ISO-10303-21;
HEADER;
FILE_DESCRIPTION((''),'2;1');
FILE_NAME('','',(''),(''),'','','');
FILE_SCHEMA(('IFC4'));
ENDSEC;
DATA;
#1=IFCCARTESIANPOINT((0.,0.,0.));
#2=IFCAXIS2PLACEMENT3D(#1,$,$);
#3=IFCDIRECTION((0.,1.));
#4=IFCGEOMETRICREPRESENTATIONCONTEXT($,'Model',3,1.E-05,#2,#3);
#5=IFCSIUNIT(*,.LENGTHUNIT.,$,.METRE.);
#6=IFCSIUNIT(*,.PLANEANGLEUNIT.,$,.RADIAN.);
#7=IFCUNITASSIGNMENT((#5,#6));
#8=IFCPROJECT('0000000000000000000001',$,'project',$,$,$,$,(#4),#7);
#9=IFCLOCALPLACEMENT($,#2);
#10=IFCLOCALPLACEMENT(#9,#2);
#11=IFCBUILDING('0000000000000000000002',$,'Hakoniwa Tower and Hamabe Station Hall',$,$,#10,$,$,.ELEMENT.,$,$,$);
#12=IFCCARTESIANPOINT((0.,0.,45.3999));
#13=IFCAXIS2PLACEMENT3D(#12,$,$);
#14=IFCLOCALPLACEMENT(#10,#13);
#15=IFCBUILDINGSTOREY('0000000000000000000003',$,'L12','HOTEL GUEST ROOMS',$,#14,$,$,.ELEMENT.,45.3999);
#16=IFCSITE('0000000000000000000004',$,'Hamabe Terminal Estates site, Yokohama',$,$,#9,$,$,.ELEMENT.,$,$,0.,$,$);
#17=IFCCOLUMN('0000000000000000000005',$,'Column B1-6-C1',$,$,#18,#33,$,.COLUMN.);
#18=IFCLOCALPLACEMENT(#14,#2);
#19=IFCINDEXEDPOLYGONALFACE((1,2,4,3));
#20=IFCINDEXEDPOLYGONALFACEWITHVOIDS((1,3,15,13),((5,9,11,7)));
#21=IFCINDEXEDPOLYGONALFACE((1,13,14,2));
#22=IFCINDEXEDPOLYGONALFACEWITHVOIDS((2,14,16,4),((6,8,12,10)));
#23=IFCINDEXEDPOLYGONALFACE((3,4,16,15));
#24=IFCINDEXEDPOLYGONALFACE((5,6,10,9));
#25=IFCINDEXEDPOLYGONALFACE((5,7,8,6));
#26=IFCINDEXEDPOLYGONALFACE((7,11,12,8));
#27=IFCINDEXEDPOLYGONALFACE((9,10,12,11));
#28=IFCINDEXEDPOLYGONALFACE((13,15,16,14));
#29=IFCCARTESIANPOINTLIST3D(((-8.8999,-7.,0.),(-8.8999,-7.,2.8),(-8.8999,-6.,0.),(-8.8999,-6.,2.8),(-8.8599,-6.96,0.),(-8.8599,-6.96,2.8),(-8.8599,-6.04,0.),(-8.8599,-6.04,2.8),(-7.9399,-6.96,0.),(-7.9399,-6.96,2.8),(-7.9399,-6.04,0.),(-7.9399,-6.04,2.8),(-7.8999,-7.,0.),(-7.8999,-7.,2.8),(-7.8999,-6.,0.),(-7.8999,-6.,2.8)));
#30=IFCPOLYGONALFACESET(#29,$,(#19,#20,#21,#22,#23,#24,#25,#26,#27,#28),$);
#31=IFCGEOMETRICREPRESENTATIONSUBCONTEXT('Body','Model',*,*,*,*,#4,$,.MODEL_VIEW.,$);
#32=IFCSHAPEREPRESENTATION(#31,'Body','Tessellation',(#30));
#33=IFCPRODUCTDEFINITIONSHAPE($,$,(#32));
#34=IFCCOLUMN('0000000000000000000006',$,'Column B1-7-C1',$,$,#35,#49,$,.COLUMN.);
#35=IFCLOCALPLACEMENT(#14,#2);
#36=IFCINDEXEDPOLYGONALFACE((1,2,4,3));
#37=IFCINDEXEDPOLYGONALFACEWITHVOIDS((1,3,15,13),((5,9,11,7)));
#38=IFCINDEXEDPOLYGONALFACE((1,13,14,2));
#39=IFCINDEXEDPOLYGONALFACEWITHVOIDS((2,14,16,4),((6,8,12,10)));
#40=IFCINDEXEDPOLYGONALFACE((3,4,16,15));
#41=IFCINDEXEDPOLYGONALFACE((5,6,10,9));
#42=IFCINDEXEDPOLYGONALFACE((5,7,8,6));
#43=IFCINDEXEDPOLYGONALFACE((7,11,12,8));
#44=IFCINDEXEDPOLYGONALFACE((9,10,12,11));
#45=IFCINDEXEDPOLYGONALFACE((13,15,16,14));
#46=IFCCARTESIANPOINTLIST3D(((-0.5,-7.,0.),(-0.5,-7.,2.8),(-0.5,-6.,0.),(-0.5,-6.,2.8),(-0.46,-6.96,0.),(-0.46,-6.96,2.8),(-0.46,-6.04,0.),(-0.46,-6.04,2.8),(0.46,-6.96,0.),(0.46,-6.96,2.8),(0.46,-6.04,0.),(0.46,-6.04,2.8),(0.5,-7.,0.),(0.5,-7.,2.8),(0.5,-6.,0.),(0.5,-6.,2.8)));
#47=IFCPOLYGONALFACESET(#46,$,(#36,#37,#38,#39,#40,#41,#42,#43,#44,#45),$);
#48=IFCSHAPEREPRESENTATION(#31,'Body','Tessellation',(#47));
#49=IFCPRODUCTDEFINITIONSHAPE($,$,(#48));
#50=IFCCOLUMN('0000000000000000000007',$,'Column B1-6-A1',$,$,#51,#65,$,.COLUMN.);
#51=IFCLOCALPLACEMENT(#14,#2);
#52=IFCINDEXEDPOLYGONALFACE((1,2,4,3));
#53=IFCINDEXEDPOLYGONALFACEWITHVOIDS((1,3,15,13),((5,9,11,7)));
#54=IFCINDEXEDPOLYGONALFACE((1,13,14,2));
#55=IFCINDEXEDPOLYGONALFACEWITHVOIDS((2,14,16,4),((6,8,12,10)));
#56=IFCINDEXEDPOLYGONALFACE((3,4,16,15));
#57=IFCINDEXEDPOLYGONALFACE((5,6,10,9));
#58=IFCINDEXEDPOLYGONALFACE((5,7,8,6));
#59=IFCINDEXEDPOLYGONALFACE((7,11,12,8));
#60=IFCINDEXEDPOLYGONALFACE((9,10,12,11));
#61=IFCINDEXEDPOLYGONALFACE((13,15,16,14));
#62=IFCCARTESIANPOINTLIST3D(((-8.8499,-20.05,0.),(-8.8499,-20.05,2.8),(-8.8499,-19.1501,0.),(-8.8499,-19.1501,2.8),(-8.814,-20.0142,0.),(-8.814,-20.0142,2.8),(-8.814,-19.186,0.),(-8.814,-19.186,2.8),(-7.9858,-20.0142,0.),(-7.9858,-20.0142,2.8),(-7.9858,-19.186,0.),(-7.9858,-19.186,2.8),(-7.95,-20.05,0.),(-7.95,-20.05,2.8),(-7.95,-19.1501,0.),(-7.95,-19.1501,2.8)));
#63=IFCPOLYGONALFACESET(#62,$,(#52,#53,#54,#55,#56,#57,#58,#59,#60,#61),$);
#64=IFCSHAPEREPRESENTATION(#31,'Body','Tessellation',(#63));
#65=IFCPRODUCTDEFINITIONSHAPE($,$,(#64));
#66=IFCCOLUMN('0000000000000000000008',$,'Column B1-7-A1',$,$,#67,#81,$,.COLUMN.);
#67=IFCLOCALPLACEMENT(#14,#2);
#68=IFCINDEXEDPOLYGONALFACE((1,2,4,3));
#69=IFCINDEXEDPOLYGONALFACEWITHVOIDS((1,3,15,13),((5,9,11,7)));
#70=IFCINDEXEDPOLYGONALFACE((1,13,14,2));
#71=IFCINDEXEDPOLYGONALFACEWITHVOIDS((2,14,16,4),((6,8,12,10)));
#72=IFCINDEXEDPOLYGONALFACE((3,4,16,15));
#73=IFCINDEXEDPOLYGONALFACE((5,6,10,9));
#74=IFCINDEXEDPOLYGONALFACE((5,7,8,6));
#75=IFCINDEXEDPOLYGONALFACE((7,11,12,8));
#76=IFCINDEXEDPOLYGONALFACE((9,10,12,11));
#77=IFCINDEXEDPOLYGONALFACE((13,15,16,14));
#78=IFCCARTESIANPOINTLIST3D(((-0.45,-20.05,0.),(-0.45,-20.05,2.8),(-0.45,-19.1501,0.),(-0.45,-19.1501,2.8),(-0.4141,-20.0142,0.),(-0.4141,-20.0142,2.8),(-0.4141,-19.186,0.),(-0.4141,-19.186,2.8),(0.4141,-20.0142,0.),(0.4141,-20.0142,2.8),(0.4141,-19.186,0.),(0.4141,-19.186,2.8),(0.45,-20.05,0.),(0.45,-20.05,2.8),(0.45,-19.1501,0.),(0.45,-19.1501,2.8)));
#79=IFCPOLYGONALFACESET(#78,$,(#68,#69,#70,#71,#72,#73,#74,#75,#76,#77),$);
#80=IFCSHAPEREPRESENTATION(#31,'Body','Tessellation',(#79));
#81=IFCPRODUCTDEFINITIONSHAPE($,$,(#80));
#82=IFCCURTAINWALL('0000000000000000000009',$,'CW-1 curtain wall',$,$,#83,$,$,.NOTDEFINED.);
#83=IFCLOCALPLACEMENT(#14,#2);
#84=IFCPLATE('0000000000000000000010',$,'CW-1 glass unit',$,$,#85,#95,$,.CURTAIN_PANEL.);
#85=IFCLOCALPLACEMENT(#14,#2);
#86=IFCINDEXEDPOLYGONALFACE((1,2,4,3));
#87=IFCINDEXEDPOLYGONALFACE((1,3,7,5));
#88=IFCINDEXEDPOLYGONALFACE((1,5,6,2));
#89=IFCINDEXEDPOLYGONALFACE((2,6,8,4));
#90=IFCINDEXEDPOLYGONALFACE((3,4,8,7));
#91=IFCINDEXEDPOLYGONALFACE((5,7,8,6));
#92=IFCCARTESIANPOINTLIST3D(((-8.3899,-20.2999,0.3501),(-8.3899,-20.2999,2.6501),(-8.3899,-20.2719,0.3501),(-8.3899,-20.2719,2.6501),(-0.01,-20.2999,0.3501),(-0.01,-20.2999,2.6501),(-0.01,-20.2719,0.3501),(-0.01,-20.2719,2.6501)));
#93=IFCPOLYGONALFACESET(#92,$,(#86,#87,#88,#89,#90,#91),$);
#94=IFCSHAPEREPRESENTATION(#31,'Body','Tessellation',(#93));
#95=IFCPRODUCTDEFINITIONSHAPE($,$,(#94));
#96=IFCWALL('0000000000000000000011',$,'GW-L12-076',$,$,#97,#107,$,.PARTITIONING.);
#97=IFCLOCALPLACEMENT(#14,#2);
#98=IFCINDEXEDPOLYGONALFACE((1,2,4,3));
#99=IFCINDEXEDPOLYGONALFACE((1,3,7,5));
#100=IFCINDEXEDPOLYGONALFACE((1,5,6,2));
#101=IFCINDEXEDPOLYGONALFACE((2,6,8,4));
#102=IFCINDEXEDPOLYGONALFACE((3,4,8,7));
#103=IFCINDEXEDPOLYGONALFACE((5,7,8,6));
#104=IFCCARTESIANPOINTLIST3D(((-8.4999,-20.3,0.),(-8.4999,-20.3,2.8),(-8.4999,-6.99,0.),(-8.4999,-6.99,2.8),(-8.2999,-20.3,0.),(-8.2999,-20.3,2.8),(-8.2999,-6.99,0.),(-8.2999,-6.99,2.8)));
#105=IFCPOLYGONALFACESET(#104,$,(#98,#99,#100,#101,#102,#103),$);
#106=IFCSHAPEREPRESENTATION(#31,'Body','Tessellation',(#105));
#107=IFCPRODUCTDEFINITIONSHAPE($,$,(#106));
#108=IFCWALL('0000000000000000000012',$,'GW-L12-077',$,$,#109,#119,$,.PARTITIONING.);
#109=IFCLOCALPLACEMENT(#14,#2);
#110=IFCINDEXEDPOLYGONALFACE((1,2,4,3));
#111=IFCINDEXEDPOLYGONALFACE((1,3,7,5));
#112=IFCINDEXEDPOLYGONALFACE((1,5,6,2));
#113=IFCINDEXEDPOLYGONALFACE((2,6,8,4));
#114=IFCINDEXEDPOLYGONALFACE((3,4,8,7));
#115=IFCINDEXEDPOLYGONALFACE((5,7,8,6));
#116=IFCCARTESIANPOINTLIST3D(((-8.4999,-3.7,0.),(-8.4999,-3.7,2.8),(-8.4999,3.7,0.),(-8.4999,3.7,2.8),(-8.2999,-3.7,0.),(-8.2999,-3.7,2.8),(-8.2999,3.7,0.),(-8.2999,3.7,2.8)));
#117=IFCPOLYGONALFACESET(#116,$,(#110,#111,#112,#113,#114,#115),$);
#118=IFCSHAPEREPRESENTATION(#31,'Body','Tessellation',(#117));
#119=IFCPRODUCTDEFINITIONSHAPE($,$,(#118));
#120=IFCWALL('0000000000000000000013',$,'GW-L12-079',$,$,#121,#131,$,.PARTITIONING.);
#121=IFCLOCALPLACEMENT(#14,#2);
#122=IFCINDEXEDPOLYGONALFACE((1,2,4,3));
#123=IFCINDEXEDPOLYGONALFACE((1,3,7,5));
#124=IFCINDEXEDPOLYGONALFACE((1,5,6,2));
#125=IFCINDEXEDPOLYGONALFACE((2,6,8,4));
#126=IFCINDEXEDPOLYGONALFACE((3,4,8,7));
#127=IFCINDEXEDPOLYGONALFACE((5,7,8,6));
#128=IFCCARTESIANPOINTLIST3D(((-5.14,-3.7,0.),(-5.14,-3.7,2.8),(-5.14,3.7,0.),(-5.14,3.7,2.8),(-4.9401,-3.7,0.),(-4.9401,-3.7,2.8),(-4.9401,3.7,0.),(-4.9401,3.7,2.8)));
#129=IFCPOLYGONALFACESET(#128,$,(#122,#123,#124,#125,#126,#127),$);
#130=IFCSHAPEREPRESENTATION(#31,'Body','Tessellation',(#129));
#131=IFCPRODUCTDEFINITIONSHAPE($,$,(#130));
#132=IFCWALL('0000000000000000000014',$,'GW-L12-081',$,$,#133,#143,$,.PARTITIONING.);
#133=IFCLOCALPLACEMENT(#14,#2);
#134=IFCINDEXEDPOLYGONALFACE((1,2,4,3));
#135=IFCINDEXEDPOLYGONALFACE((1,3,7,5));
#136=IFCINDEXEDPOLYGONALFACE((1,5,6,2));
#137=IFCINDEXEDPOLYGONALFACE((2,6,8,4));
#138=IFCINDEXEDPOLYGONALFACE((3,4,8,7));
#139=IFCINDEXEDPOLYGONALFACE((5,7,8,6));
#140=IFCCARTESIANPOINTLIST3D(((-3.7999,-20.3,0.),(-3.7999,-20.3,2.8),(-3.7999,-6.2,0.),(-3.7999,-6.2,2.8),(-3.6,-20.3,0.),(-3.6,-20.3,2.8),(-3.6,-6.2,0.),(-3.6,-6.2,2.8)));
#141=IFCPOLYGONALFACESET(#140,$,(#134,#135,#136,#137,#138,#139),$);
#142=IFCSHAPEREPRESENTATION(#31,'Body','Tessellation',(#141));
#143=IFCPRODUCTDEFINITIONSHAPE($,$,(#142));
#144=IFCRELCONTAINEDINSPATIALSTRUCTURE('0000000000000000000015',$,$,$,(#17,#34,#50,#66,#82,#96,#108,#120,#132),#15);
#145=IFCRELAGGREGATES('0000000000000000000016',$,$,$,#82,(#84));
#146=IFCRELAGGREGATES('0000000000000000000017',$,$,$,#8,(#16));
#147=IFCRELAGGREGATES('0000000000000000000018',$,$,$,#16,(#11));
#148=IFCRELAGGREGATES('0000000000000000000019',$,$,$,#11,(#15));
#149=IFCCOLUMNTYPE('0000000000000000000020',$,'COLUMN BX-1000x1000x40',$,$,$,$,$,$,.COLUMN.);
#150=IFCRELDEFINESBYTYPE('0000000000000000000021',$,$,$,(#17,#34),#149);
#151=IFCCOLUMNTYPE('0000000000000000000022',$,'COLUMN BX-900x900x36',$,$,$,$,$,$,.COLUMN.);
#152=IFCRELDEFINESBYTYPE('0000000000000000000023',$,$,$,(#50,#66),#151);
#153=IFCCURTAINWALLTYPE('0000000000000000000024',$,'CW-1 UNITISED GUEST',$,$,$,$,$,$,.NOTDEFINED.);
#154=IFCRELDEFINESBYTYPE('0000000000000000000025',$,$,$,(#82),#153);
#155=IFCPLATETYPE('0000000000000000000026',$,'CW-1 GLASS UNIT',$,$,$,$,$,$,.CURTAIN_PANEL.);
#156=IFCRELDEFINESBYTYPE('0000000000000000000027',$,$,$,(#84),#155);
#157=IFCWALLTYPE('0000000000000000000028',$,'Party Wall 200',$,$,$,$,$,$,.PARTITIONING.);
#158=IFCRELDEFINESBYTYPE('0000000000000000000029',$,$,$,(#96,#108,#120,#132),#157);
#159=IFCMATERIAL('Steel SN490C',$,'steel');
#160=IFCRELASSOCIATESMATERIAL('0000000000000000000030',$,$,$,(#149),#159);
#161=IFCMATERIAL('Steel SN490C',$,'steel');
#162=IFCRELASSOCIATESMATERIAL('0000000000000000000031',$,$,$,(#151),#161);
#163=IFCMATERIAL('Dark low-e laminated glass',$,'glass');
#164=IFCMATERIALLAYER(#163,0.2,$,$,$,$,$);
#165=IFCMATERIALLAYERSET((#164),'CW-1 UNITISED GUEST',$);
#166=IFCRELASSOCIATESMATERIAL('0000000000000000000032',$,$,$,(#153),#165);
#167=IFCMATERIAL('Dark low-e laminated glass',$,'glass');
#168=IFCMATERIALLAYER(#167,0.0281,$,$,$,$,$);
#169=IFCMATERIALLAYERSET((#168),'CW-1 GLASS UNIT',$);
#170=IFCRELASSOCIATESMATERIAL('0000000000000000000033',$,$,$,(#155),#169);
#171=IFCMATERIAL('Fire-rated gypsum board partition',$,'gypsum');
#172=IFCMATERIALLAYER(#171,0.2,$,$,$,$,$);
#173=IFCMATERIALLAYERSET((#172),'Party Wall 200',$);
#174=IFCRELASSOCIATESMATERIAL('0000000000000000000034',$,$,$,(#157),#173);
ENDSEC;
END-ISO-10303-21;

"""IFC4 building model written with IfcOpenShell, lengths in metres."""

from ifc_helpers import new_model, si_unit, direction, frame, frame_2d, origin, origin_2d, place, context, subcontext, project, spatial, rectangle, hollow_rectangle, extrude, material, layer, layer_set, material_profile, profile_set, type_object, element, aggregate, save


model = new_model("IFC4")

# Units and contexts
model_context = context("Model", 3, precision=1e-05, world=origin(), true_north=direction((0.0, 1.0)))
body_context = subcontext(model_context, "Body", "Model", "MODEL_VIEW")
ifc_project = project(units=[si_unit("LENGTHUNIT", "METRE"), si_unit("PLANEANGLEUNIT", "RADIAN")], contexts=[model_context])

# Site, building, storey
site_placement = place(None, origin())
site = spatial("IfcSite", under=ifc_project, at=site_placement, Name="Hamabe Terminal Estates site, Yokohama", CompositionType="ELEMENT", RefElevation=0.0)
building_placement = place(site_placement, origin())
building = spatial("IfcBuilding", under=site, at=building_placement, Name="Hakoniwa Tower and Hamabe Station Hall", CompositionType="ELEMENT")
storey_placement = place(building_placement, frame((0.0, 0.0, 45.3999)))
storey = spatial("IfcBuildingStorey", under=building, at=storey_placement, Name="L12", Description="HOTEL GUEST ROOMS", CompositionType="ELEMENT", Elevation=45.3999)

# Columns
ifc_material_1 = material(Name="Steel SN490C", Category="steel")
ifc_material_profile_1 = material_profile(ifc_material_1, hollow_rectangle(XDim=1.0, YDim=1.0, WallThickness=0.04, at=origin_2d()), Name="BX-1000x1000x40")
ifc_profile_set_1 = profile_set([ifc_material_profile_1], Name="Steel SN490C")
column_type_1 = type_object("IfcColumnType", Name="COLUMN BX-1000x1000x40", PredefinedType="COLUMN", material=ifc_profile_set_1)
for number, where, z_axis, x_axis, name in (
    (1, (-8.3999, -6.5, 0.0), (0.0, 0.0, 1.0), (1.0, 0.0, 0.0), "Column B1-6-C1"),
    (2, (0.0, -6.5, 0.0), (0.0, 0.0, 1.0), (1.0, 0.0, 0.0), "Column B1-7-C1"),
):
    element("IfcColumn", number, at=place(storey_placement, frame(where, z_axis=z_axis, x_axis=x_axis)), inside=storey, type_object=column_type_1, Name=name, PredefinedType="COLUMN", context=body_context, shape_type="SweptSolid", body=[
        extrude(hollow_rectangle(XDim=1.0, YDim=1.0, WallThickness=0.04, at=origin_2d()), origin(), (0.0, 0.0, 1.0), 2.8),
    ])
ifc_material_2 = material(Name="Steel SN490C", Category="steel")
ifc_material_profile_2 = material_profile(ifc_material_2, hollow_rectangle(XDim=0.8999, YDim=0.8999, WallThickness=0.0359, at=origin_2d()), Name="BX-900x900x36")
ifc_profile_set_2 = profile_set([ifc_material_profile_2], Name="Steel SN490C")
column_type_2 = type_object("IfcColumnType", Name="COLUMN BX-900x900x36", PredefinedType="COLUMN", material=ifc_profile_set_2)
for number, where, z_axis, x_axis, name in (
    (3, (-8.3999, -19.6001, 0.0), (0.0, 0.0, 1.0), (1.0, 0.0, 0.0), "Column B1-6-A1"),
    (4, (0.0, -19.6001, 0.0), (0.0, 0.0, 1.0), (1.0, 0.0, 0.0), "Column B1-7-A1"),
):
    element("IfcColumn", number, at=place(storey_placement, frame(where, z_axis=z_axis, x_axis=x_axis)), inside=storey, type_object=column_type_2, Name=name, PredefinedType="COLUMN", context=body_context, shape_type="SweptSolid", body=[
        extrude(hollow_rectangle(XDim=0.8999, YDim=0.8999, WallThickness=0.0359, at=origin_2d()), origin(), (0.0, 0.0, 1.0), 2.8),
    ])

# Curtain wall, plate
ifc_material_3 = material(Name="Dark low-e laminated glass", Category="glass")
ifc_layer_1 = layer(ifc_material_3, 0.2)
ifc_layer_set_1 = layer_set([ifc_layer_1], Name="CW-1 UNITISED GUEST")
curtain_wall_type = type_object("IfcCurtainWallType", Name="CW-1 UNITISED GUEST", PredefinedType="NOTDEFINED", material=ifc_layer_set_1)
curtain_wall_placement = place(storey_placement, origin())
curtain_wall = element("IfcCurtainWall", 5, at=curtain_wall_placement, inside=storey, type_object=curtain_wall_type, Name="CW-1 curtain wall", PredefinedType="NOTDEFINED")
ifc_material_4 = material(Name="Dark low-e laminated glass", Category="glass")
ifc_layer_2 = layer(ifc_material_4, 0.0281)
ifc_layer_set_2 = layer_set([ifc_layer_2], Name="CW-1 GLASS UNIT")
plate_type = type_object("IfcPlateType", Name="CW-1 GLASS UNIT", PredefinedType="CURTAIN_PANEL", material=ifc_layer_set_2)
plate_placement = place(storey_placement, frame((-4.2, -20.2859, 0.3501), z_axis=(0.0, 0.0, 1.0), x_axis=(1.0, 0.0, 0.0)))
plate = element("IfcPlate", 6, at=plate_placement, type_object=plate_type, Name="CW-1 glass unit", PredefinedType="CURTAIN_PANEL", context=body_context, shape_type="SweptSolid", body=[
    extrude(rectangle(XDim=8.3799, YDim=0.0281, at=origin_2d()), origin(), (0.0, 0.0, 1.0), 2.3),
])
aggregate(curtain_wall, [plate])

# Walls
ifc_material_5 = material(Name="Fire-rated gypsum board partition", Category="gypsum")
ifc_layer_3 = layer(ifc_material_5, 0.2)
ifc_layer_set_3 = layer_set([ifc_layer_3], Name="Party Wall 200")
wall_type = type_object("IfcWallType", Name="Party Wall 200", PredefinedType="PARTITIONING", material=ifc_layer_set_3)
wall_1_placement = place(storey_placement, frame((-8.3999, -20.3, 0.0), z_axis=(0.0, 0.0, 1.0), x_axis=(0.0, 1.0, 0.0)))
element("IfcWall", 7, at=wall_1_placement, inside=storey, type_object=wall_type, Name="GW-L12-076", PredefinedType="PARTITIONING", context=body_context, shape_type="SweptSolid", body=[
    extrude(rectangle(XDim=13.3101, YDim=0.2, at=frame_2d((6.655, 0.0))), origin(), (0.0, 0.0, 1.0), 2.8),
])
for number, where, z_axis, x_axis, name in (
    (8, (-8.3999, -3.7, 0.0), (0.0, 0.0, 1.0), (0.0, 1.0, 0.0), "GW-L12-077"),
    (9, (-5.04, -3.7, 0.0), (0.0, 0.0, 1.0), (0.0, 1.0, 0.0), "GW-L12-079"),
):
    element("IfcWall", number, at=place(storey_placement, frame(where, z_axis=z_axis, x_axis=x_axis)), inside=storey, type_object=wall_type, Name=name, PredefinedType="PARTITIONING", context=body_context, shape_type="SweptSolid", body=[
        extrude(rectangle(XDim=7.3999, YDim=0.2, at=frame_2d((3.7, 0.0))), origin(), (0.0, 0.0, 1.0), 2.8),
    ])
wall_2_placement = place(storey_placement, frame((-3.7, -20.3, 0.0), z_axis=(0.0, 0.0, 1.0), x_axis=(0.0, 1.0, 0.0)))
element("IfcWall", 10, at=wall_2_placement, inside=storey, type_object=wall_type, Name="GW-L12-081", PredefinedType="PARTITIONING", context=body_context, shape_type="SweptSolid", body=[
    extrude(rectangle(XDim=14.1001, YDim=0.2, at=frame_2d((7.05, 0.0))), origin(), (0.0, 0.0, 1.0), 2.8),
])

save(model, "model.ifc")
